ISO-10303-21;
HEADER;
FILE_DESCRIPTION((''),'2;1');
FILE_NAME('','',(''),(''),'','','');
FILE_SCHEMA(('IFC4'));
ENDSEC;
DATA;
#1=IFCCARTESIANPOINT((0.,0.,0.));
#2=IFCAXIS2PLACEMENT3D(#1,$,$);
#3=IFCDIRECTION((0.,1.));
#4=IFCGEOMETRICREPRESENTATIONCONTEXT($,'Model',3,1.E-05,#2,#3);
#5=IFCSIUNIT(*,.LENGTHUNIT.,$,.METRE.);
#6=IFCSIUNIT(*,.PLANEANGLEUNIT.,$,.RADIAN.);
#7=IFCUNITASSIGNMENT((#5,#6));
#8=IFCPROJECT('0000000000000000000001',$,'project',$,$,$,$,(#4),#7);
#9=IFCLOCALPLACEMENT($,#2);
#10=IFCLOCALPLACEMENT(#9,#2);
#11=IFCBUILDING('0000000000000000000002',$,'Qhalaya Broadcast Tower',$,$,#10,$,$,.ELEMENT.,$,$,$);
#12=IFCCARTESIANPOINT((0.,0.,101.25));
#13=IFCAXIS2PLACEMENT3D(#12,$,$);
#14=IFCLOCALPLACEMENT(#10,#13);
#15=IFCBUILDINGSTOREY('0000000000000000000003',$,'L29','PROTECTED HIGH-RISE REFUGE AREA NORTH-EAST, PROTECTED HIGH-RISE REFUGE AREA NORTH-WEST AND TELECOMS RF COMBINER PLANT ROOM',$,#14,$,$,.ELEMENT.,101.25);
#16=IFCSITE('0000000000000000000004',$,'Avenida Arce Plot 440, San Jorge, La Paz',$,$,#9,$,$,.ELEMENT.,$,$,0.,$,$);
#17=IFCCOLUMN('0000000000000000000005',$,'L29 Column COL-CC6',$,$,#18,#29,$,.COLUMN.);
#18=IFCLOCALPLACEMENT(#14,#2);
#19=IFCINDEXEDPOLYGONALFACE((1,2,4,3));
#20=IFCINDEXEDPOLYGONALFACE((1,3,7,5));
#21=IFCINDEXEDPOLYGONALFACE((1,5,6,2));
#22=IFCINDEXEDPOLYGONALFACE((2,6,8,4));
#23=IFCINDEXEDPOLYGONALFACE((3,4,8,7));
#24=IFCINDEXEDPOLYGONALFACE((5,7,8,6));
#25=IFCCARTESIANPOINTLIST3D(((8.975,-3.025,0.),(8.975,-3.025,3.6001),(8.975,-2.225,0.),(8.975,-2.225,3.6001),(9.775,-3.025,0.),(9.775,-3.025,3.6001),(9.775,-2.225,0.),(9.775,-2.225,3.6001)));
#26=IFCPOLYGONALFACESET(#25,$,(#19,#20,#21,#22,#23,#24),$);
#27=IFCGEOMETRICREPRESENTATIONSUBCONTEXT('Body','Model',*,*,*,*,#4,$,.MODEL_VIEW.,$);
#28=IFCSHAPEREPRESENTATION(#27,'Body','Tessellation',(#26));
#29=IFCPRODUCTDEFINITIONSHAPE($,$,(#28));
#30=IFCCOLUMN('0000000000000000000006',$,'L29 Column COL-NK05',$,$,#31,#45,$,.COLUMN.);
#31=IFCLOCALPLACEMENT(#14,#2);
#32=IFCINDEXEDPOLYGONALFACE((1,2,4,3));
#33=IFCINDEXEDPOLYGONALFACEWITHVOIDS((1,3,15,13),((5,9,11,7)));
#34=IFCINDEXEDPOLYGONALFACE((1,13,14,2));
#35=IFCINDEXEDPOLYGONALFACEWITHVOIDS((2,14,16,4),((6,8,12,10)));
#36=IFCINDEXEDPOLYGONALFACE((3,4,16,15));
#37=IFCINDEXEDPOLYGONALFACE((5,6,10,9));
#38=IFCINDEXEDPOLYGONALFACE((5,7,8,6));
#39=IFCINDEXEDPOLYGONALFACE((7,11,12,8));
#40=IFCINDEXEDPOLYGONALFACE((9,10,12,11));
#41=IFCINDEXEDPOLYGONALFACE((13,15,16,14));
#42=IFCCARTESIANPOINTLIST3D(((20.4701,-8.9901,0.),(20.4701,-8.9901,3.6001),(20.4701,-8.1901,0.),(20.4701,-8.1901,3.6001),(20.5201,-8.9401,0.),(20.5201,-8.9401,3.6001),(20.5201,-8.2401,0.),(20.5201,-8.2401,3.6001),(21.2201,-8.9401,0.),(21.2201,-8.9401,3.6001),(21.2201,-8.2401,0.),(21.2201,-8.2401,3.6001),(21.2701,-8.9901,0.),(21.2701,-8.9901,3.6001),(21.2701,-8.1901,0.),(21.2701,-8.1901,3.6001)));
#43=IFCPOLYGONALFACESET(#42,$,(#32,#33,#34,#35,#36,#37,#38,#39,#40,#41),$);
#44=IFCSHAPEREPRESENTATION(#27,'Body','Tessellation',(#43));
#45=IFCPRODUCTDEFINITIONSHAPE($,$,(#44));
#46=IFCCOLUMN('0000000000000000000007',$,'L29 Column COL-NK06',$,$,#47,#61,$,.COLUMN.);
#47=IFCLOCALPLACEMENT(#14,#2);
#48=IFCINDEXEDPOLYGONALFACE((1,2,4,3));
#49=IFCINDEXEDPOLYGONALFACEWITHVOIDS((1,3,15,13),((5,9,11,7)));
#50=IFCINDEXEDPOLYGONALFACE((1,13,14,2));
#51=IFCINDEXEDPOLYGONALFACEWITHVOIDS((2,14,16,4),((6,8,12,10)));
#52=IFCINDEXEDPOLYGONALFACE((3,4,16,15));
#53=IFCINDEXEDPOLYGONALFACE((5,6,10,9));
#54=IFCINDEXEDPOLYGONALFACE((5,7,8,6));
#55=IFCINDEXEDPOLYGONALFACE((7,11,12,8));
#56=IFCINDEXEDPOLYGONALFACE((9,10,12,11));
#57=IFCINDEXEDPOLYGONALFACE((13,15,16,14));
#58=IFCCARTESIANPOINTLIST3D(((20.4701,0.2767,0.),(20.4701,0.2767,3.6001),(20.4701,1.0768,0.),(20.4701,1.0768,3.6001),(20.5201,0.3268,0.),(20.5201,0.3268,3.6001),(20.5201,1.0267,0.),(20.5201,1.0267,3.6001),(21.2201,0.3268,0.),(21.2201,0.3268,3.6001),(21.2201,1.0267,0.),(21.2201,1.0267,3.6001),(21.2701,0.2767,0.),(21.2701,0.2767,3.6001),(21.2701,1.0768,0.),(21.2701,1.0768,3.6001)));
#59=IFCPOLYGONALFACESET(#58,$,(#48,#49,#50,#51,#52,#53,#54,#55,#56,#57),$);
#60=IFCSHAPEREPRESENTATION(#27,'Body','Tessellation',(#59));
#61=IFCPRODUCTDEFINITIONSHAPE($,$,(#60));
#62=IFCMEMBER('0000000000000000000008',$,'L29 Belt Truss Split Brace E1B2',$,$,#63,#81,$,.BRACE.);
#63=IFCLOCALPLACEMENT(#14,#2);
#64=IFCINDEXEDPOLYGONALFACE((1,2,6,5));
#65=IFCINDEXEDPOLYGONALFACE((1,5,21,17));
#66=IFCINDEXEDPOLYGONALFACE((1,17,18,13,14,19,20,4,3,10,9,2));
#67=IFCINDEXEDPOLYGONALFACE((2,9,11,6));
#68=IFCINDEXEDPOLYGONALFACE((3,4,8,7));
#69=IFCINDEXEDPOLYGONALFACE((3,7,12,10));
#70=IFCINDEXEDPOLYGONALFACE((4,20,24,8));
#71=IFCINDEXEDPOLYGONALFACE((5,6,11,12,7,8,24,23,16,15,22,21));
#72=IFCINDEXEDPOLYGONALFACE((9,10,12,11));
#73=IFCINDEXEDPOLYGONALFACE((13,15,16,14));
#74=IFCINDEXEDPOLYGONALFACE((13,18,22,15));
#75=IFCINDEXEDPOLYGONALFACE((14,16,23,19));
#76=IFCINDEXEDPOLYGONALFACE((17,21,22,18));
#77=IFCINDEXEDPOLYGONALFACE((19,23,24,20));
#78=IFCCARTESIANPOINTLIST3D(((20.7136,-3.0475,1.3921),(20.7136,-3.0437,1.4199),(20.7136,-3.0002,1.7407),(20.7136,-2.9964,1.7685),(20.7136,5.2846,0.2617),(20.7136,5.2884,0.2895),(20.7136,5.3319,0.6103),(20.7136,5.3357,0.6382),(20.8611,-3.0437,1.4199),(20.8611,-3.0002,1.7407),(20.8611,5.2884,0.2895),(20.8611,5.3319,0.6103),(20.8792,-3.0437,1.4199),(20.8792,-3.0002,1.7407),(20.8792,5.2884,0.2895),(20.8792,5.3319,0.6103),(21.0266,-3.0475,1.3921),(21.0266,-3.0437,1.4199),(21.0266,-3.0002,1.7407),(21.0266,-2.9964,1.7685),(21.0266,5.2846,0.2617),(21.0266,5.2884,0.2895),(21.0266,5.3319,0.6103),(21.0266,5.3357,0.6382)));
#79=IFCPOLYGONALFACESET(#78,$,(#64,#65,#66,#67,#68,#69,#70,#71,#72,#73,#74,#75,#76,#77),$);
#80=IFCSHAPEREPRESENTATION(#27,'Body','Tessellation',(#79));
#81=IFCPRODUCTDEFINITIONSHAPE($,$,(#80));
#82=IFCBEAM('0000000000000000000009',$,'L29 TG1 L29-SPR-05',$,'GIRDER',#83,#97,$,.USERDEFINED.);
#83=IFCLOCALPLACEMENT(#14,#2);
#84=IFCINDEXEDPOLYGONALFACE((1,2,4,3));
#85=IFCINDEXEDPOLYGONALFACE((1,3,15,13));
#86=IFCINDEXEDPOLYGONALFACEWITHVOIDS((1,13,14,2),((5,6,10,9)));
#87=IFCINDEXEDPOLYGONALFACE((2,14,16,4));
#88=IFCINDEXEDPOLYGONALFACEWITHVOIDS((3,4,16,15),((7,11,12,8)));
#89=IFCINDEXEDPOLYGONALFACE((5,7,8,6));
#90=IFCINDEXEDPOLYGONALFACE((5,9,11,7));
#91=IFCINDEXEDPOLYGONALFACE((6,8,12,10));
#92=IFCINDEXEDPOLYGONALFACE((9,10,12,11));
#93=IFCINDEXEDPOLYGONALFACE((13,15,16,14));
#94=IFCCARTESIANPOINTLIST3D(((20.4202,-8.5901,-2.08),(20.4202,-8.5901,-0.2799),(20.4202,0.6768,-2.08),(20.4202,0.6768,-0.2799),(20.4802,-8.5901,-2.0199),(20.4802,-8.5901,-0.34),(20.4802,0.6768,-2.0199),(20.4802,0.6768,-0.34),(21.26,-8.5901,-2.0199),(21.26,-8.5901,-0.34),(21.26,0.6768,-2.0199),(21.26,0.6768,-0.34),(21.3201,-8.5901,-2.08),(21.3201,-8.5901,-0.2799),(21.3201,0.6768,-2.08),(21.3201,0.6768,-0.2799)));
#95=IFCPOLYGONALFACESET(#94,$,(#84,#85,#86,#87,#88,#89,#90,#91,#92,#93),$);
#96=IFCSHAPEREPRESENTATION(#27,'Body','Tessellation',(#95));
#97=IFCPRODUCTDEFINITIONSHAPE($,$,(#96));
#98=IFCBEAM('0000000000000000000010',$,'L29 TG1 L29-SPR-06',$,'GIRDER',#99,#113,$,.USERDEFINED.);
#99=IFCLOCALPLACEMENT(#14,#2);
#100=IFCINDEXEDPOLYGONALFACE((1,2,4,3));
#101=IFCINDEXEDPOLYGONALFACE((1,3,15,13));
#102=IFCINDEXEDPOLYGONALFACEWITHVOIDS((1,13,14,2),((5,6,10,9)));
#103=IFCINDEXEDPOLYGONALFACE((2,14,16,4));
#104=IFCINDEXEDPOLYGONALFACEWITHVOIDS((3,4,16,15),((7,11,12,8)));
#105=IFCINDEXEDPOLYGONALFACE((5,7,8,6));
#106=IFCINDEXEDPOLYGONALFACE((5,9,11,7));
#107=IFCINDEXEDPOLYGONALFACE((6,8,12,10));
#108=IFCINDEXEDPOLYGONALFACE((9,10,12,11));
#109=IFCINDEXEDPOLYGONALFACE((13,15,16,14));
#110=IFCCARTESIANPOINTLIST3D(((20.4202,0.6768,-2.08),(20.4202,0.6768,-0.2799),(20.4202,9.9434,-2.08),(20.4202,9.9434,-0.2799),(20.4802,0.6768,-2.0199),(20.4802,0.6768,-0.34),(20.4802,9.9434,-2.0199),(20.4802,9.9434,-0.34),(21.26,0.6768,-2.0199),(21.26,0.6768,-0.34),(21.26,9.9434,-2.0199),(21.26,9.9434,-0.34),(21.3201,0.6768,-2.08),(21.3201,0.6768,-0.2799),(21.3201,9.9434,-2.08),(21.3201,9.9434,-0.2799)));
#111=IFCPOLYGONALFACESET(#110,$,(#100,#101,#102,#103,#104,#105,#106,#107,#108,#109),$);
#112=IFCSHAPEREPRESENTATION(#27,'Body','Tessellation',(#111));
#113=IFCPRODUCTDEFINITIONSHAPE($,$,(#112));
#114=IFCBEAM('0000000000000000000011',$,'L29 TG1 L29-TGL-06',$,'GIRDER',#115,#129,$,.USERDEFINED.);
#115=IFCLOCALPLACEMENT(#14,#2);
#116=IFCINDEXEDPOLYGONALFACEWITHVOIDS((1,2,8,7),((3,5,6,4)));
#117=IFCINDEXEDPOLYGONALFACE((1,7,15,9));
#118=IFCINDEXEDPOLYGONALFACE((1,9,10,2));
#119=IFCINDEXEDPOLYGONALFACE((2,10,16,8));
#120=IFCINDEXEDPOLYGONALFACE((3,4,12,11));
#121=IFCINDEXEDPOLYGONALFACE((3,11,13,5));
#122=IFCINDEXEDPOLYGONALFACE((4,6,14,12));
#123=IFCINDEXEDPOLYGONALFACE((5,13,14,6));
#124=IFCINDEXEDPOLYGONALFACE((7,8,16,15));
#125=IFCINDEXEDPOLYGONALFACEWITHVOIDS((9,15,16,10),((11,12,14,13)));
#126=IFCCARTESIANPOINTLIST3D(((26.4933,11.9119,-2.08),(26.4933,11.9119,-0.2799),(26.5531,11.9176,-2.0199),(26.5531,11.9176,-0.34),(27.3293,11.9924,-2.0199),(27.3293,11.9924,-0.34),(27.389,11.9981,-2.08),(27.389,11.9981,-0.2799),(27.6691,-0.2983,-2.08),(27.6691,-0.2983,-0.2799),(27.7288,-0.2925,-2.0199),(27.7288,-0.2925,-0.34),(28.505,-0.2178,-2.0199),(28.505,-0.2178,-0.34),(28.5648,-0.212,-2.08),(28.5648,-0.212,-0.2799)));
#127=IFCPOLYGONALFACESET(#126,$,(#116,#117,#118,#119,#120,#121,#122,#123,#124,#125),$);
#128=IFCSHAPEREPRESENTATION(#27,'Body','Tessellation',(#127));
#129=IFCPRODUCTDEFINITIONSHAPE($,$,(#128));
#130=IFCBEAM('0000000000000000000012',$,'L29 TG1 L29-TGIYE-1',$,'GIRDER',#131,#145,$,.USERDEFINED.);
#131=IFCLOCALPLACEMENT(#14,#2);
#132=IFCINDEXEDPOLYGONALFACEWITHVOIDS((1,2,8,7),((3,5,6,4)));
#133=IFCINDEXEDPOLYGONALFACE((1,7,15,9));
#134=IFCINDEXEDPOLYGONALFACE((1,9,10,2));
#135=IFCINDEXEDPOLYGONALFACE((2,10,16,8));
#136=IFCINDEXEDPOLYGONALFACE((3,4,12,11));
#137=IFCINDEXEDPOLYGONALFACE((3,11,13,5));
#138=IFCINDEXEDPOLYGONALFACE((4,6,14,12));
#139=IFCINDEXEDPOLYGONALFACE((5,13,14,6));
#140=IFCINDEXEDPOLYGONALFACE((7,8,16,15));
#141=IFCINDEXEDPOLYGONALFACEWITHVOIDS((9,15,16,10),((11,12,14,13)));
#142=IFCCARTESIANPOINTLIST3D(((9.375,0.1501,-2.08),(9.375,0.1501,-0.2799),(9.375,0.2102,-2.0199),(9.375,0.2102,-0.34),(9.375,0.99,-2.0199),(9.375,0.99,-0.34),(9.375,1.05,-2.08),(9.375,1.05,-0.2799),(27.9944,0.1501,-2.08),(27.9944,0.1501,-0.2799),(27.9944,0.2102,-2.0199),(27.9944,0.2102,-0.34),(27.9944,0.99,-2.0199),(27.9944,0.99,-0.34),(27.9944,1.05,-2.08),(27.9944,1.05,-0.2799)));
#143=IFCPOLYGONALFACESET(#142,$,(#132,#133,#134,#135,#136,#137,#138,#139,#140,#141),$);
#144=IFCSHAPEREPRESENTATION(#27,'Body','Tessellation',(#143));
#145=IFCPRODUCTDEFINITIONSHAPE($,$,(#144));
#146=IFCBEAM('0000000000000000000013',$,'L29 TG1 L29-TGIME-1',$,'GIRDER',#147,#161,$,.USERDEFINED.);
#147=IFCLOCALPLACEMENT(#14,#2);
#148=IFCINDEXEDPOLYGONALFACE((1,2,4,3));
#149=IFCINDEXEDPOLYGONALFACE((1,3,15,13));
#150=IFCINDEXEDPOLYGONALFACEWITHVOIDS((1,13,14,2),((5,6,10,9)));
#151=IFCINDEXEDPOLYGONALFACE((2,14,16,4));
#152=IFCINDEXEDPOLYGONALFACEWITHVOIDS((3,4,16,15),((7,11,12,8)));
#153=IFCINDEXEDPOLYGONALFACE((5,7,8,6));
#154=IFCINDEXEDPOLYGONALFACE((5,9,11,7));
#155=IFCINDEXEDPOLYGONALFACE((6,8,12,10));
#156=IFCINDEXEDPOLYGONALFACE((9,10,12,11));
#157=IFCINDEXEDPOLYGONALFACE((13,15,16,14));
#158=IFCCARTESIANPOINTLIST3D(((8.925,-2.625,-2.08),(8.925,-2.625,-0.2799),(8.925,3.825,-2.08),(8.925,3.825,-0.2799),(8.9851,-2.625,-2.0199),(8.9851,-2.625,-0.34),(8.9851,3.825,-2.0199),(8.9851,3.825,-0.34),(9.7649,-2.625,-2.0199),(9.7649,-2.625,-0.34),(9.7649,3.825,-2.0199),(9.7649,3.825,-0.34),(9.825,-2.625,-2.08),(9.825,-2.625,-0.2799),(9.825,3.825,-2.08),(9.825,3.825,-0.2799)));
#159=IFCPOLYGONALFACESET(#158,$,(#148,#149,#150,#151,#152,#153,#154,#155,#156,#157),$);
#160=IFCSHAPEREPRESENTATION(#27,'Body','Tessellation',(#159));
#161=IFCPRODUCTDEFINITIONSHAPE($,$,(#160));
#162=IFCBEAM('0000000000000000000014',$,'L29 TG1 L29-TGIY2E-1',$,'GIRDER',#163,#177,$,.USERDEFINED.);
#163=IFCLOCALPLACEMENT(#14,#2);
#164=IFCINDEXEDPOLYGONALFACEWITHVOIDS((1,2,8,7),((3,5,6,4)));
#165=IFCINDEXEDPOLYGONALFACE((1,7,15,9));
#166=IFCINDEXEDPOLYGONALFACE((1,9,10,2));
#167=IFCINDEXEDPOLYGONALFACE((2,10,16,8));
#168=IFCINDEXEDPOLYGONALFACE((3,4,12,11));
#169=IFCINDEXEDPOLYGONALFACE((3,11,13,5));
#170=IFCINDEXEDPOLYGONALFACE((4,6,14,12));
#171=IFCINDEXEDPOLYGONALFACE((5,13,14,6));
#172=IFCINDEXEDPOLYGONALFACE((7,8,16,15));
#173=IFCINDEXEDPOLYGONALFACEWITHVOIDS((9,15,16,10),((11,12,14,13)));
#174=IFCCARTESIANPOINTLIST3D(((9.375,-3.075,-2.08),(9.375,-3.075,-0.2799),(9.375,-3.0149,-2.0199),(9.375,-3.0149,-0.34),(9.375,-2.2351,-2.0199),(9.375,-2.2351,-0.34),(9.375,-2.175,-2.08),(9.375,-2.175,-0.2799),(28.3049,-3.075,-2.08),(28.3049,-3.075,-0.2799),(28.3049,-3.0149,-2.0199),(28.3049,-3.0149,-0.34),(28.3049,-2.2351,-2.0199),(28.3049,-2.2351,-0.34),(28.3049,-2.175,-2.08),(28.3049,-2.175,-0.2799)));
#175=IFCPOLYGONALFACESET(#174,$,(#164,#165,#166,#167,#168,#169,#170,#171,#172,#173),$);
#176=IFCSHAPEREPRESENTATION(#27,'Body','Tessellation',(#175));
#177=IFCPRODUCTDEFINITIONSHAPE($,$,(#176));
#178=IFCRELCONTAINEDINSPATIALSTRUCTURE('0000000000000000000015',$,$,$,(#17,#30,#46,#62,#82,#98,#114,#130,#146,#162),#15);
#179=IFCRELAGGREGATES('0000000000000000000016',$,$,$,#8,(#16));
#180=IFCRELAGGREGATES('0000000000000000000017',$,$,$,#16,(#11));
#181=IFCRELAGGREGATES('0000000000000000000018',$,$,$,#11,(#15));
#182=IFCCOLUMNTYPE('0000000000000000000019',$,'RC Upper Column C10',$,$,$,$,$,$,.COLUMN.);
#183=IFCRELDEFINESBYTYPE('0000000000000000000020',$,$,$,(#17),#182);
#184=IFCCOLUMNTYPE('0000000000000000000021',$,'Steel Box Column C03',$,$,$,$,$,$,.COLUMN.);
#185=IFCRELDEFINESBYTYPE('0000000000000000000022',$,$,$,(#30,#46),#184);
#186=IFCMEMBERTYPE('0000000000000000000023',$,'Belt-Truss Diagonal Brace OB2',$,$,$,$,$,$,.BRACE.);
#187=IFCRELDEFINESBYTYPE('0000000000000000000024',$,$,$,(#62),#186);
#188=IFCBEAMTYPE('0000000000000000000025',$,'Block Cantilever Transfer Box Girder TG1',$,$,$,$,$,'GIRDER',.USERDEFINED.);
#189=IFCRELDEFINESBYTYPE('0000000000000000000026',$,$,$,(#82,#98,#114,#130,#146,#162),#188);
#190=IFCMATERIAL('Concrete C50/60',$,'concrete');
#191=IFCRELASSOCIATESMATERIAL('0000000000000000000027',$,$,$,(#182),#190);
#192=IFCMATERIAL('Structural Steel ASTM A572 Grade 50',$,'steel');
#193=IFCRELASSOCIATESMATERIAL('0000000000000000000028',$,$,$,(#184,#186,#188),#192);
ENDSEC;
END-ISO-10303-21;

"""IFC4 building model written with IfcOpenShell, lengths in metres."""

from ifc_helpers import new_model, si_unit, direction, frame, origin, origin_2d, place, context, subcontext, project, spatial, rectangle, hollow_rectangle, i_section, extrude, material, material_profile, profile_set, type_object, element, save


model = new_model("IFC4")

# Units and contexts
model_context = context("Model", 3, precision=1e-05, world=origin(), true_north=direction((0.0, 1.0)))
body_context = subcontext(model_context, "Body", "Model", "MODEL_VIEW")
ifc_project = project(units=[si_unit("LENGTHUNIT", "METRE"), si_unit("PLANEANGLEUNIT", "RADIAN")], contexts=[model_context])

# Site, building, storey
site_placement = place(None, origin())
site = spatial("IfcSite", under=ifc_project, at=site_placement, Name="Avenida Arce Plot 440, San Jorge, La Paz", CompositionType="ELEMENT", RefElevation=0.0)
building_placement = place(site_placement, origin())
building = spatial("IfcBuilding", under=site, at=building_placement, Name="Qhalaya Broadcast Tower", CompositionType="ELEMENT")
storey_placement = place(building_placement, frame((0.0, 0.0, 101.25)))
storey = spatial("IfcBuildingStorey", under=building, at=storey_placement, Name="L29", Description="PROTECTED HIGH-RISE REFUGE AREA NORTH-EAST, PROTECTED HIGH-RISE REFUGE AREA NORTH-WEST AND TELECOMS RF COMBINER PLANT ROOM", CompositionType="ELEMENT", Elevation=101.25)

# Columns
ifc_material_1 = material(Name="Concrete C50/60", Category="concrete")
ifc_material_profile_1 = material_profile(ifc_material_1, rectangle(XDim=0.8, YDim=0.8, at=origin_2d()), Name="RC-COL 800x800")
ifc_profile_set_1 = profile_set([ifc_material_profile_1], Name="Concrete C50/60")
column_type_1 = type_object("IfcColumnType", Name="RC Upper Column C10", PredefinedType="COLUMN", material=ifc_profile_set_1)
column_placement = place(storey_placement, frame((9.375, -2.625, 0.0), z_axis=(0.0, 0.0, 1.0), x_axis=(1.0, 0.0, 0.0)))
element("IfcColumn", 1, at=column_placement, inside=storey, type_object=column_type_1, Name="L29 Column COL-CC6", PredefinedType="COLUMN", context=body_context, shape_type="SweptSolid", body=[
    extrude(rectangle(XDim=0.8, YDim=0.8, at=origin_2d()), origin(), (0.0, 0.0, 1.0), 3.6001),
])
ifc_material_2 = material(Name="Structural Steel ASTM A572 Grade 50", Category="steel")
ifc_material_profile_2 = material_profile(ifc_material_2, hollow_rectangle(XDim=0.8, YDim=0.8, WallThickness=0.05, at=origin_2d()), Name="BOX 800x800x50")
ifc_profile_set_2 = profile_set([ifc_material_profile_2], Name="Structural Steel ASTM A572 Grade 50")
column_type_2 = type_object("IfcColumnType", Name="Steel Box Column C03", PredefinedType="COLUMN", material=ifc_profile_set_2)
for number, where, z_axis, x_axis, name in (
    (2, (20.8701, -8.5901, 0.0), (0.0, 0.0, 1.0), (0.0, 1.0, 0.0), "L29 Column COL-NK05"),
    (3, (20.8701, 0.6768, 0.0), (0.0, 0.0, 1.0), (0.0, 1.0, 0.0), "L29 Column COL-NK06"),
):
    element("IfcColumn", number, at=place(storey_placement, frame(where, z_axis=z_axis, x_axis=x_axis)), inside=storey, type_object=column_type_2, Name=name, PredefinedType="COLUMN", context=body_context, shape_type="SweptSolid", body=[
        extrude(hollow_rectangle(XDim=0.8, YDim=0.8, WallThickness=0.05, at=origin_2d()), origin(), (0.0, 0.0, 1.0), 3.6001),
    ])

# Member
ifc_material_profile_3 = material_profile(ifc_material_2, i_section(OverallWidth=0.313, OverallDepth=0.3799, WebThickness=0.0181, FlangeThickness=0.0281, at=origin_2d()), Name="W12X120")
ifc_profile_set_3 = profile_set([ifc_material_profile_3], Name="Structural Steel ASTM A572 Grade 50")
member_type = type_object("IfcMemberType", Name="Belt-Truss Diagonal Brace OB2", PredefinedType="BRACE", material=ifc_profile_set_3)
member_placement = place(storey_placement, frame((20.8701, -3.022, 1.5803), z_axis=(0.0, 0.990923, -0.134434), x_axis=(-1.0, 0.0, 0.0)))
element("IfcMember", 4, at=member_placement, inside=storey, type_object=member_type, Name="L29 Belt Truss Split Brace E1B2", PredefinedType="BRACE", context=body_context, shape_type="SweptSolid", body=[
    extrude(i_section(OverallWidth=0.313, OverallDepth=0.3799, WebThickness=0.0181, FlangeThickness=0.0281, at=origin_2d()), origin(), (0.0, 0.0, 1.0), 8.4084),
])

# Beams
ifc_material_profile_4 = material_profile(ifc_material_2, hollow_rectangle(XDim=0.8999, YDim=1.8, WallThickness=0.0601, at=origin_2d()), Name="BOX 900x1800x60")
ifc_profile_set_4 = profile_set([ifc_material_profile_4], Name="Structural Steel ASTM A572 Grade 50")
beam_type_1 = type_object("IfcBeamType", Name="Block Cantilever Transfer Box Girder TG1", ElementType="GIRDER", PredefinedType="USERDEFINED", material=ifc_profile_set_4)
beam_1_placement = place(storey_placement, frame((20.8701, -8.5901, -1.1799), z_axis=(0.0, 1.0, 0.0), x_axis=(-1.0, 0.0, 0.0)))
element("IfcBeam", 5, at=beam_1_placement, inside=storey, type_object=beam_type_1, Name="L29 TG1 L29-SPR-05", ObjectType="GIRDER", PredefinedType="USERDEFINED", context=body_context, shape_type="SweptSolid", body=[
    extrude(hollow_rectangle(XDim=0.8999, YDim=1.8, WallThickness=0.0601, at=origin_2d()), origin(), (0.0, 0.0, 1.0), 9.2668),
])
beam_2_placement = place(storey_placement, frame((20.8701, 0.6768, -1.1799), z_axis=(0.0, 1.0, 0.0), x_axis=(-1.0, 0.0, 0.0)))
element("IfcBeam", 6, at=beam_2_placement, inside=storey, type_object=beam_type_1, Name="L29 TG1 L29-SPR-06", ObjectType="GIRDER", PredefinedType="USERDEFINED", context=body_context, shape_type="SweptSolid", body=[
    extrude(hollow_rectangle(XDim=0.8999, YDim=1.8, WallThickness=0.0601, at=origin_2d()), origin(), (0.0, 0.0, 1.0), 9.2666),
])
beam_3_placement = place(storey_placement, frame((28.1169, -0.2551, -1.1799), z_axis=(-0.095852, 0.995396, 0.0), x_axis=(-0.995396, -0.095852, 0.0)))
element("IfcBeam", 7, at=beam_3_placement, inside=storey, type_object=beam_type_1, Name="L29 TG1 L29-TGL-06", ObjectType="GIRDER", PredefinedType="USERDEFINED", context=body_context, shape_type="SweptSolid", body=[
    extrude(hollow_rectangle(XDim=0.8999, YDim=1.8, WallThickness=0.0601, at=origin_2d()), origin(), (0.0, 0.0, 1.0), 12.2666),
])
beam_4_placement = place(storey_placement, frame((9.375, 0.6001, -1.1799), z_axis=(1.0, 0.0, 0.0), x_axis=(0.0, 1.0, 0.0)))
element("IfcBeam", 8, at=beam_4_placement, inside=storey, type_object=beam_type_1, Name="L29 TG1 L29-TGIYE-1", ObjectType="GIRDER", PredefinedType="USERDEFINED", context=body_context, shape_type="SweptSolid", body=[
    extrude(hollow_rectangle(XDim=0.8999, YDim=1.8, WallThickness=0.0601, at=origin_2d()), origin(), (0.0, 0.0, 1.0), 18.6194),
])
beam_5_placement = place(storey_placement, frame((9.375, -2.625, -1.1799), z_axis=(0.0, 1.0, 0.0), x_axis=(-1.0, 0.0, 0.0)))
element("IfcBeam", 9, at=beam_5_placement, inside=storey, type_object=beam_type_1, Name="L29 TG1 L29-TGIME-1", ObjectType="GIRDER", PredefinedType="USERDEFINED", context=body_context, shape_type="SweptSolid", body=[
    extrude(hollow_rectangle(XDim=0.8999, YDim=1.8, WallThickness=0.0601, at=origin_2d()), origin(), (0.0, 0.0, 1.0), 6.45),
])
beam_6_placement = place(storey_placement, frame((9.375, -2.625, -1.1799), z_axis=(1.0, 0.0, 0.0), x_axis=(0.0, 1.0, 0.0)))
element("IfcBeam", 10, at=beam_6_placement, inside=storey, type_object=beam_type_1, Name="L29 TG1 L29-TGIY2E-1", ObjectType="GIRDER", PredefinedType="USERDEFINED", context=body_context, shape_type="SweptSolid", body=[
    extrude(hollow_rectangle(XDim=0.8999, YDim=1.8, WallThickness=0.0601, at=origin_2d()), origin(), (0.0, 0.0, 1.0), 18.9299),
])

save(model, "model.ifc")
